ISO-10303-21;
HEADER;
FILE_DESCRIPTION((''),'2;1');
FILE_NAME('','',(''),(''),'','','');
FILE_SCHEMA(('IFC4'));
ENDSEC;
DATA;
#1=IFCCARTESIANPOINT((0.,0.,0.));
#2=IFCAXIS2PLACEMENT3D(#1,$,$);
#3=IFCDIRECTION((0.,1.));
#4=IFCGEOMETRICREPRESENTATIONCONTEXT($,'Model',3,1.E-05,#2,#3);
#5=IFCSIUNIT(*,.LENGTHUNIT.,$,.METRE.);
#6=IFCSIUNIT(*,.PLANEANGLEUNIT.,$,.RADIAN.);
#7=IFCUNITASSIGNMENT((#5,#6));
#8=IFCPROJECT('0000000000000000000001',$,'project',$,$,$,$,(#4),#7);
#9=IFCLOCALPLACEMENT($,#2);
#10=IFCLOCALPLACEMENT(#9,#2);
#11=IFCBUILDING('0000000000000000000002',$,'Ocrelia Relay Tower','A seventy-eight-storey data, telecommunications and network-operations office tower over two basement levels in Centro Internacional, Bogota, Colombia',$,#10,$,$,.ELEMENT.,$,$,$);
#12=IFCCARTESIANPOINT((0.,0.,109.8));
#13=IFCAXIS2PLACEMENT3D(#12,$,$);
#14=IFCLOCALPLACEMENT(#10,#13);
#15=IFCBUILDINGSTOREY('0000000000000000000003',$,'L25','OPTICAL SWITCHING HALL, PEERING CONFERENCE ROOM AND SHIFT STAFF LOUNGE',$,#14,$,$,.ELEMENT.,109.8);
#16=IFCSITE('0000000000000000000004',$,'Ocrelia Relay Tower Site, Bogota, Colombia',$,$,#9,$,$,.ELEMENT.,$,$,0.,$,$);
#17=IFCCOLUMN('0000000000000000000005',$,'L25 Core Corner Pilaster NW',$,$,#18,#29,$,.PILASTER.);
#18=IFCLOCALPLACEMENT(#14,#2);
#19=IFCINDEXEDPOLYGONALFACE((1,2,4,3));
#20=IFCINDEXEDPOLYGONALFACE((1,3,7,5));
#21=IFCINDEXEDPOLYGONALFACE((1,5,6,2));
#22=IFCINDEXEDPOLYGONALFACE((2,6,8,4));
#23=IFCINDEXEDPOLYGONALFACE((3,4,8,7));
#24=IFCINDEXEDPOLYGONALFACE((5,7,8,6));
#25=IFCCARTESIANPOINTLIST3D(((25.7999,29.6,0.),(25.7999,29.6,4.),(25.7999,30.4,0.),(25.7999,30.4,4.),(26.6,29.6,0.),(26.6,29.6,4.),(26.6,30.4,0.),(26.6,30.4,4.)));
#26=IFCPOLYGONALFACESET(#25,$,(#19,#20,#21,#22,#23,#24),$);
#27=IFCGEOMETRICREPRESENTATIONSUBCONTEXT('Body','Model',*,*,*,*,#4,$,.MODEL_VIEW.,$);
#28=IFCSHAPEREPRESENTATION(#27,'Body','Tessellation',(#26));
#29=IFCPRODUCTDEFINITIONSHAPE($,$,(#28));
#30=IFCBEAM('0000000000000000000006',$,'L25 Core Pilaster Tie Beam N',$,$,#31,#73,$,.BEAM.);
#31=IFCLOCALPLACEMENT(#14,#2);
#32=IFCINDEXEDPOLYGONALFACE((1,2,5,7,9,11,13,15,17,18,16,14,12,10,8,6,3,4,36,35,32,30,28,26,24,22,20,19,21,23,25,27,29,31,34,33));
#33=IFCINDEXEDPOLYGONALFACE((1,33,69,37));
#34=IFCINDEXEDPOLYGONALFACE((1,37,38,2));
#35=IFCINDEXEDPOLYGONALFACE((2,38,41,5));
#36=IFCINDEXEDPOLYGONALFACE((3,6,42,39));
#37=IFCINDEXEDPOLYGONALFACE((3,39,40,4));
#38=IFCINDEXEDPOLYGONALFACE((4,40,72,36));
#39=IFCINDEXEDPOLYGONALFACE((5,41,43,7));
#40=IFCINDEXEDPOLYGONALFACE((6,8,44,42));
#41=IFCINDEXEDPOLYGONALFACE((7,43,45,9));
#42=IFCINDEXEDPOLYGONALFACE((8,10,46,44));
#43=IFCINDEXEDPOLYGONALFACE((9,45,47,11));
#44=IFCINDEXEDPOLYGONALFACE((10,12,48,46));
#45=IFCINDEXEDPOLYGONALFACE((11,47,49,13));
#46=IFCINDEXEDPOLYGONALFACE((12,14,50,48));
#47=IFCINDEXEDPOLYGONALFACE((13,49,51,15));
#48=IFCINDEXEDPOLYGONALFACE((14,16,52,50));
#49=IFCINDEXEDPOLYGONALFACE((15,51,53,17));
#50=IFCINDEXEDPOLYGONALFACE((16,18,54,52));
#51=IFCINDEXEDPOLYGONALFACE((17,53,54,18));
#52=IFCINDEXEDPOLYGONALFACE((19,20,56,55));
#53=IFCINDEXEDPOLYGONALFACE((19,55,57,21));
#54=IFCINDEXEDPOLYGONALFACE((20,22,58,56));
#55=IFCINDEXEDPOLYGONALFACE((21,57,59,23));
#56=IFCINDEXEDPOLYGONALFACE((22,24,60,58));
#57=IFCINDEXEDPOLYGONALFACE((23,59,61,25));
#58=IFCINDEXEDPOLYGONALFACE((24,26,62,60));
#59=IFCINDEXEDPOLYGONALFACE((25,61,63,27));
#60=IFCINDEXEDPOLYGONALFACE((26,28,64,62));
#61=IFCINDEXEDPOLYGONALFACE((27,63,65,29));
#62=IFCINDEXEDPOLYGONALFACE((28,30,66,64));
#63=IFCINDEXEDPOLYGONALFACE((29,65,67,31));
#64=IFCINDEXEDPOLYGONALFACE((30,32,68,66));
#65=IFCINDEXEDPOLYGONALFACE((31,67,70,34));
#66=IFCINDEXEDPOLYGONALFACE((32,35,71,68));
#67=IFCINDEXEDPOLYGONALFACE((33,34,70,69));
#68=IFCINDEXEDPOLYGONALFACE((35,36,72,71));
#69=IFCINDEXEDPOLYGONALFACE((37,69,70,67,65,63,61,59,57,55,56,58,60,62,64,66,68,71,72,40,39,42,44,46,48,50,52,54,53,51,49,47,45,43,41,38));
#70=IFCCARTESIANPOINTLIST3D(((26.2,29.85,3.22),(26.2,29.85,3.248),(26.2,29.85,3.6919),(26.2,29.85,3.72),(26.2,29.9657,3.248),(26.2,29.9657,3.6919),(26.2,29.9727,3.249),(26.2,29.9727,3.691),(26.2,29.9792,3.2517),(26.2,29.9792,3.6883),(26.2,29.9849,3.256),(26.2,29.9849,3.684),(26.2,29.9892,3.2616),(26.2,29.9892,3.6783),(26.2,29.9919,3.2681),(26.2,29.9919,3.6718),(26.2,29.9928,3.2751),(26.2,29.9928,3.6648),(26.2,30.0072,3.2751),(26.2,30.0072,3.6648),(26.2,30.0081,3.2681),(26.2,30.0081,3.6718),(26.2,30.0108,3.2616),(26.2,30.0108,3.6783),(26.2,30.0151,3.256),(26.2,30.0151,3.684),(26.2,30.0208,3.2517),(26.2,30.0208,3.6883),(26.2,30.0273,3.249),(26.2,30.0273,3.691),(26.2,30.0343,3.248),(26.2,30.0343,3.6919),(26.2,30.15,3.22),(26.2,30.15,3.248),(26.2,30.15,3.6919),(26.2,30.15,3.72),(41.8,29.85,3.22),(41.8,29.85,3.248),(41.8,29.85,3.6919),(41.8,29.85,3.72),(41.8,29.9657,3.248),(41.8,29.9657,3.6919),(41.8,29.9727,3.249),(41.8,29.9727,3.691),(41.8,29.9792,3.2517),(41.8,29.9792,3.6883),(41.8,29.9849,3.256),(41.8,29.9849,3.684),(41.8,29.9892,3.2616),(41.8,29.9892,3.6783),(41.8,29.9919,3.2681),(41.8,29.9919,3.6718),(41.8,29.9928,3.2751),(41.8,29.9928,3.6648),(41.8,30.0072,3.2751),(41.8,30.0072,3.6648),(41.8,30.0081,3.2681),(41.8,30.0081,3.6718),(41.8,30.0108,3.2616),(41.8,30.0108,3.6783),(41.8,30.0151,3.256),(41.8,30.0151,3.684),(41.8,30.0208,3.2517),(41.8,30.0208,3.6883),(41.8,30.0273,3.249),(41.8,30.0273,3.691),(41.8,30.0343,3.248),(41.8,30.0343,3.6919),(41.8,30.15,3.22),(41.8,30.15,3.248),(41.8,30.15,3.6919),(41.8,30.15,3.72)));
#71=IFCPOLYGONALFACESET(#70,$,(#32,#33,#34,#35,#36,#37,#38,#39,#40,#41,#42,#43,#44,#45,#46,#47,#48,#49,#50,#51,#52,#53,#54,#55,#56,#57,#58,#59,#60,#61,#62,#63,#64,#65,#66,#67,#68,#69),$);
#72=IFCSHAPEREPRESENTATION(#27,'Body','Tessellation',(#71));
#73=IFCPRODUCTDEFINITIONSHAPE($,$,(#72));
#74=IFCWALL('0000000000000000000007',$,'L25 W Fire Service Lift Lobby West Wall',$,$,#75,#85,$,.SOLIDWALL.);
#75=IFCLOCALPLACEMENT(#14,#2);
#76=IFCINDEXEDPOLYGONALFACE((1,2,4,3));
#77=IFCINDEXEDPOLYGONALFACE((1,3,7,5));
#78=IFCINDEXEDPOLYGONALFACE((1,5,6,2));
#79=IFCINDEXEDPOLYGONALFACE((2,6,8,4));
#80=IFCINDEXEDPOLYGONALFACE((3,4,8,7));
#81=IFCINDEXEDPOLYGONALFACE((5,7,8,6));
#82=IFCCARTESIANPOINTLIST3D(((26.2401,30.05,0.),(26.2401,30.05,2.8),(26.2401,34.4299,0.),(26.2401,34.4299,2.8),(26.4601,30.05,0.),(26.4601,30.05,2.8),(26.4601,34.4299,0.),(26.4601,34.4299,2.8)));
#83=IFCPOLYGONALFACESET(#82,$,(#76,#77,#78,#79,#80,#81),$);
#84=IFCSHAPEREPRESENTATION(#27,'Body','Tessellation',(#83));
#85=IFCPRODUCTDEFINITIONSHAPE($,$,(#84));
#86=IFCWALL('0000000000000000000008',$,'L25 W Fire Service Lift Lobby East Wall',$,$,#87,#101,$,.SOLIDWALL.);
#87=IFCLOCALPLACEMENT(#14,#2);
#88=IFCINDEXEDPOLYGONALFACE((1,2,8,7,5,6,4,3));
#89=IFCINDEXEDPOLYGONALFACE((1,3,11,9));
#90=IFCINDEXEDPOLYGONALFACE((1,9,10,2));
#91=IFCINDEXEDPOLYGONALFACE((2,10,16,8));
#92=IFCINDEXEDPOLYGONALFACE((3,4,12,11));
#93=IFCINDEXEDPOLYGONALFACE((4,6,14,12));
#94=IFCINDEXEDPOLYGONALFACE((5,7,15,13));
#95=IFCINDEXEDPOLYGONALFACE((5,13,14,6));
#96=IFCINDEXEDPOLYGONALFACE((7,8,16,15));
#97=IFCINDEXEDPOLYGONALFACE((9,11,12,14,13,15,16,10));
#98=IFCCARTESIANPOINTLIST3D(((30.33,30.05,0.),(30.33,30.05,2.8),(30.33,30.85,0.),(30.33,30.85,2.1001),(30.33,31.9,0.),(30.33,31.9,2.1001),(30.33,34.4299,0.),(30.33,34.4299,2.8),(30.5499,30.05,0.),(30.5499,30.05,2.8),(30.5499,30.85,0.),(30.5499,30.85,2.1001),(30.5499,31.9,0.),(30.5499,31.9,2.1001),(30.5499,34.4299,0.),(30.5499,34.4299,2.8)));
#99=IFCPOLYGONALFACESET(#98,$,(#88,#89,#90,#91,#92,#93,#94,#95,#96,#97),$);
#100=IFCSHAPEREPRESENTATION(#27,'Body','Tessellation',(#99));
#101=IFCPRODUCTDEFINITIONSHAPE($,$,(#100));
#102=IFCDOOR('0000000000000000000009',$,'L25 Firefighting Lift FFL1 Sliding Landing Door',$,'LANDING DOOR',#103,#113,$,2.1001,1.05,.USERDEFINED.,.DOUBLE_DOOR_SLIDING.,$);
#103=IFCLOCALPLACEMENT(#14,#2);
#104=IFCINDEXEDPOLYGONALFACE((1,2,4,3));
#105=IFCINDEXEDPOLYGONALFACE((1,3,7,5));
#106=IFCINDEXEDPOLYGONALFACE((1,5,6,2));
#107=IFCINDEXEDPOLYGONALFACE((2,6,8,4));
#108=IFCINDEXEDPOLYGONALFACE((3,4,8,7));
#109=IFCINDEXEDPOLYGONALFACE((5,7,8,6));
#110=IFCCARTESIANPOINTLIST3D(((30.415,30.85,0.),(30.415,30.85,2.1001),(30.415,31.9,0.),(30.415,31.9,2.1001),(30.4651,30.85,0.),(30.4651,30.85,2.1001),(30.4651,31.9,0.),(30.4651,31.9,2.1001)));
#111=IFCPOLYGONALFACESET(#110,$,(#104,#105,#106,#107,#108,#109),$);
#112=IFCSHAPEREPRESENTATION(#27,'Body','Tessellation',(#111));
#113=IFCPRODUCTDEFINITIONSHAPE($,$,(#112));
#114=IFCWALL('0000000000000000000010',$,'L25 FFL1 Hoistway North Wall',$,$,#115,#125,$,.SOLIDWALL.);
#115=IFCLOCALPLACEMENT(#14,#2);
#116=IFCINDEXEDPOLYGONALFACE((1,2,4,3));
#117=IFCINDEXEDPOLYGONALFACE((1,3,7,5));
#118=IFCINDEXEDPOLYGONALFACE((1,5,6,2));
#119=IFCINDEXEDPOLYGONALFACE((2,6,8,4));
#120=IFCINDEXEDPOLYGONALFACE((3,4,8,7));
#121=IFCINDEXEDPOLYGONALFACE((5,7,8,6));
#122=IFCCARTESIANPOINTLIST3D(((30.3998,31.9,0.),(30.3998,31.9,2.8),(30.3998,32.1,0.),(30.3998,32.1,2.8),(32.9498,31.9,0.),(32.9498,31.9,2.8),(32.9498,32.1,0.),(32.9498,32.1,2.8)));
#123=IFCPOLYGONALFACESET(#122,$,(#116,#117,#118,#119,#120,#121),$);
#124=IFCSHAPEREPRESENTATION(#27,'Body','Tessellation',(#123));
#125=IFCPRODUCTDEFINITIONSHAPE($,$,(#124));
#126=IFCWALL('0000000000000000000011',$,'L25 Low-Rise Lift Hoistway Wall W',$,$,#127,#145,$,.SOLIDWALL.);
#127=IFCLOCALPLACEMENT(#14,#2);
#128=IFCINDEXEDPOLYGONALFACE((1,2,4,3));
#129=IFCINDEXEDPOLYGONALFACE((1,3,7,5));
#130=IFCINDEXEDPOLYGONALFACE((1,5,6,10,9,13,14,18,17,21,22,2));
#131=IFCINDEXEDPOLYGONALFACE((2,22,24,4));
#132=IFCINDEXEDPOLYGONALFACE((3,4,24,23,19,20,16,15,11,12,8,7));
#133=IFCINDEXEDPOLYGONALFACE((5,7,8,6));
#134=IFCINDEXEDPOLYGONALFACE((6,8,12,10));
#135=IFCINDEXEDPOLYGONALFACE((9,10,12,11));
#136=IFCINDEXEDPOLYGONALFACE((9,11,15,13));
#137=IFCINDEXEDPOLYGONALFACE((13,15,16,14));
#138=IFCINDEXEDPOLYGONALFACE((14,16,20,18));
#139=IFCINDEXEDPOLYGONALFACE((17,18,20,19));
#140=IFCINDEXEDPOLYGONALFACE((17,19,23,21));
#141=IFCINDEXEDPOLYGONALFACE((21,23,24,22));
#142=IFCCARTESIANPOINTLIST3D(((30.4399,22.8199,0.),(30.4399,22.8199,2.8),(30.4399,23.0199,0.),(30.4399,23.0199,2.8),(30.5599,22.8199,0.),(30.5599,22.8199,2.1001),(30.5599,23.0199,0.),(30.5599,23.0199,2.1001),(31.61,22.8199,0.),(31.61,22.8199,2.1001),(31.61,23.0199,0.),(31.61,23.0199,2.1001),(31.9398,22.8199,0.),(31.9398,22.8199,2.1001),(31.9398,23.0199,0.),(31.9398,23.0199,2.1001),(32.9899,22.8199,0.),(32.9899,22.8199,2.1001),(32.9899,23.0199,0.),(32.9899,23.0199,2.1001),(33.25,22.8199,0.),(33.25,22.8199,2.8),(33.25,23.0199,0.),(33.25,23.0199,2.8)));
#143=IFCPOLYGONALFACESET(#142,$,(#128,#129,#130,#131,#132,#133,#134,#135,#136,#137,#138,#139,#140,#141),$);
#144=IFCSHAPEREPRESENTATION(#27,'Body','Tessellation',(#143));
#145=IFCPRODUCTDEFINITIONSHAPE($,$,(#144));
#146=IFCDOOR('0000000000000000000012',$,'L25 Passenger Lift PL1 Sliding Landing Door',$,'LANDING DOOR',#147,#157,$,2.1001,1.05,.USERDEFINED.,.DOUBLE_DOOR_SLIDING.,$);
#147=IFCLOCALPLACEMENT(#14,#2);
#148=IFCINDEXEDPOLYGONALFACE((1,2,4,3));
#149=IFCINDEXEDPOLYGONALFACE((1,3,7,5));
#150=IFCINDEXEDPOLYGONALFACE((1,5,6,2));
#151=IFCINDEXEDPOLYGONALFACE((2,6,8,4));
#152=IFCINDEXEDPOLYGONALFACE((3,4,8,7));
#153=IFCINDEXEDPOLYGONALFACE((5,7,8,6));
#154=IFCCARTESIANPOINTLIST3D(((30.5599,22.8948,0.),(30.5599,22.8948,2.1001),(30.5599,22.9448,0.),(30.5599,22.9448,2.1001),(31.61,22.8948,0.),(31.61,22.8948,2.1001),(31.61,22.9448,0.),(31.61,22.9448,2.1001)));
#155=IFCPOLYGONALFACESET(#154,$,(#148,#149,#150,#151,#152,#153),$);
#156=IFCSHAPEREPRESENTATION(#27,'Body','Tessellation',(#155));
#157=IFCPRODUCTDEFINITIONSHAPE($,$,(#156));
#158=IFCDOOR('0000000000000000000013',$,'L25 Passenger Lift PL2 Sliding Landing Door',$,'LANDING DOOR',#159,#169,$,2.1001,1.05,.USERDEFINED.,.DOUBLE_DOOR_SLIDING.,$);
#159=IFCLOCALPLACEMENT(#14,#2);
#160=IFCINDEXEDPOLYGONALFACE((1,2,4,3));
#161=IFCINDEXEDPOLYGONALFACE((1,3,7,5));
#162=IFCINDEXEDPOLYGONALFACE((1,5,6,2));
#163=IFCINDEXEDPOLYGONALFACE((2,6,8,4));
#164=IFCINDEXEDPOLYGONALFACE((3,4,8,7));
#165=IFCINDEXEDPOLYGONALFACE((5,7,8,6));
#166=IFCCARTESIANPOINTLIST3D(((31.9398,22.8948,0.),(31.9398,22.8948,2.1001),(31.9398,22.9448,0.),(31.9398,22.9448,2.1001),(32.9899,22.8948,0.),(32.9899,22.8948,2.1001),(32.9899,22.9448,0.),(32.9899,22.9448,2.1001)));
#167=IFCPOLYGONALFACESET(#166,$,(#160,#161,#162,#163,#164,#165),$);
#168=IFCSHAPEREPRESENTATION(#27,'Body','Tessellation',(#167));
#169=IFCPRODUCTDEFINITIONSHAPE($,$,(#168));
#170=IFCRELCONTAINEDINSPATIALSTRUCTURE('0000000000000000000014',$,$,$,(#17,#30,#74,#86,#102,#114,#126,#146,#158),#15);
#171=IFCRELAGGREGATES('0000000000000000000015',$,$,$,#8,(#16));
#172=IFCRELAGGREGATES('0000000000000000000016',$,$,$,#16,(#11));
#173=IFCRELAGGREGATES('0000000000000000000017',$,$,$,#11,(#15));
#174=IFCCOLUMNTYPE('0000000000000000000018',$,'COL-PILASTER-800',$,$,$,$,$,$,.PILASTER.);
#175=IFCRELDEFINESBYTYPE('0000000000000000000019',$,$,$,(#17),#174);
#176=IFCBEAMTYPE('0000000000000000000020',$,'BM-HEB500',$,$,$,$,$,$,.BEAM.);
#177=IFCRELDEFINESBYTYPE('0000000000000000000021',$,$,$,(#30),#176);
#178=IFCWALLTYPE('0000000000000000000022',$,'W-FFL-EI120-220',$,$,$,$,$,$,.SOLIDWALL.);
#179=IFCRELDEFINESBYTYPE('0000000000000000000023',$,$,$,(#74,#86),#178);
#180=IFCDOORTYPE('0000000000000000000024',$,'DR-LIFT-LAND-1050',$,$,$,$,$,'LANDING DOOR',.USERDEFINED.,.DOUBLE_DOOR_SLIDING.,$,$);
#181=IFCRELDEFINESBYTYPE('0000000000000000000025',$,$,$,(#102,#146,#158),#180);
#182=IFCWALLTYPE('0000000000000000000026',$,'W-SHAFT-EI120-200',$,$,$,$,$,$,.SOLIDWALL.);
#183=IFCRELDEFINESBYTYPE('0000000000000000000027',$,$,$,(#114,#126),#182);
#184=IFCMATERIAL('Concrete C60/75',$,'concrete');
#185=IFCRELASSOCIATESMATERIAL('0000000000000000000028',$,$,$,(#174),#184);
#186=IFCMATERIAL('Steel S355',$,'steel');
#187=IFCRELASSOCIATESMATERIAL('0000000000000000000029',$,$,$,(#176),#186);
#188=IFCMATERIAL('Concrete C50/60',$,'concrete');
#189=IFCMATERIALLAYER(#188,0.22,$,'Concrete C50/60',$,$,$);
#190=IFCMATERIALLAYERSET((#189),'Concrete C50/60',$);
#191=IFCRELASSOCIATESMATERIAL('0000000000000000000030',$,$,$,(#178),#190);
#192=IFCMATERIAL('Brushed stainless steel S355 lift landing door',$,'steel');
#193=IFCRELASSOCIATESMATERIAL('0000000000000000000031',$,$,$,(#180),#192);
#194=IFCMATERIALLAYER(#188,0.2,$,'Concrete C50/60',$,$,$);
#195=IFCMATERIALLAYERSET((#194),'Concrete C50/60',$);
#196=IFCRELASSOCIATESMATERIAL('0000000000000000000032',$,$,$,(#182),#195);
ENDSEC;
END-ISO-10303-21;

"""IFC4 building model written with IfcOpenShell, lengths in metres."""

from ifc_helpers import new_model, si_unit, direction, frame, frame_2d, origin, origin_2d, place, context, subcontext, project, spatial, rectangle, i_section, extrude, material, layer, layer_set, material_profile, profile_set, type_object, element, fill, save


model = new_model("IFC4")

# Units and contexts
model_context = context("Model", 3, precision=1e-05, world=origin(), true_north=direction((0.0, 1.0)))
body_context = subcontext(model_context, "Body", "Model", "MODEL_VIEW")
ifc_project = project(units=[si_unit("LENGTHUNIT", "METRE"), si_unit("PLANEANGLEUNIT", "RADIAN")], contexts=[model_context])

# Site, building, storey
site_placement = place(None, origin())
site = spatial("IfcSite", under=ifc_project, at=site_placement, Name="Ocrelia Relay Tower Site, Bogota, Colombia", CompositionType="ELEMENT", RefElevation=0.0)
building_placement = place(site_placement, origin())
building = spatial("IfcBuilding", under=site, at=building_placement, Name="Ocrelia Relay Tower", Description="A seventy-eight-storey data, telecommunications and network-operations office tower over two basement levels in Centro Internacional, Bogota, Colombia", CompositionType="ELEMENT")
storey_placement = place(building_placement, frame((0.0, 0.0, 109.8)))
storey = spatial("IfcBuildingStorey", under=building, at=storey_placement, Name="L25", Description="OPTICAL SWITCHING HALL, PEERING CONFERENCE ROOM AND SHIFT STAFF LOUNGE", CompositionType="ELEMENT", Elevation=109.8)

# Column
ifc_material_1 = material(Name="Concrete C60/75", Category="concrete")
ifc_material_profile_1 = material_profile(ifc_material_1, rectangle(XDim=0.8, YDim=0.8, at=origin_2d()), Name="RC-COL-800x800")
ifc_profile_set_1 = profile_set([ifc_material_profile_1], Name="Concrete C60/75")
column_type = type_object("IfcColumnType", Name="COL-PILASTER-800", PredefinedType="PILASTER", material=ifc_profile_set_1)
column_placement = place(storey_placement, frame((26.2, 30.0, 0.0), z_axis=(0.0, 0.0, 1.0), x_axis=(1.0, 0.0, 0.0)))
element("IfcColumn", 1, at=column_placement, inside=storey, type_object=column_type, Name="L25 Core Corner Pilaster NW", PredefinedType="PILASTER", context=body_context, shape_type="SweptSolid", body=[
    extrude(rectangle(XDim=0.8, YDim=0.8, at=origin_2d()), origin(), (0.0, 0.0, 1.0), 4.0),
])

# Beam
ifc_material_2 = material(Name="Steel S355", Category="steel")
ifc_material_profile_2 = material_profile(ifc_material_2, i_section(OverallWidth=0.3, OverallDepth=0.5, WebThickness=0.0144, FlangeThickness=0.0281, FilletRadius=0.0271, at=origin_2d()), Name="HEB 500")
ifc_profile_set_2 = profile_set([ifc_material_profile_2], Name="Steel S355")
beam_type = type_object("IfcBeamType", Name="BM-HEB500", PredefinedType="BEAM", material=ifc_profile_set_2)
beam_placement = place(storey_placement, frame((26.2, 30.0, 3.47), z_axis=(1.0, 0.0, 0.0), x_axis=(0.0, 1.0, 0.0)))
element("IfcBeam", 2, at=beam_placement, inside=storey, type_object=beam_type, Name="L25 Core Pilaster Tie Beam N", PredefinedType="BEAM", context=body_context, shape_type="SweptSolid", body=[
    extrude(i_section(OverallWidth=0.3, OverallDepth=0.5, WebThickness=0.0144, FlangeThickness=0.0281, FilletRadius=0.0271, at=origin_2d()), origin(), (0.0, 0.0, 1.0), 15.6001),
])

# Wall
ifc_material_3 = material(Name="Concrete C50/60", Category="concrete")
ifc_layer_1 = layer(ifc_material_3, 0.22, Name="Concrete C50/60")
ifc_layer_set_1 = layer_set([ifc_layer_1], Name="Concrete C50/60")
wall_type_1 = type_object("IfcWallType", Name="W-FFL-EI120-220", PredefinedType="SOLIDWALL", material=ifc_layer_set_1)
wall_1_placement = place(storey_placement, frame((26.3501, 30.05, 0.0), z_axis=(0.0, 0.0, 1.0), x_axis=(0.0, 1.0, 0.0)))
element("IfcWall", 3, at=wall_1_placement, inside=storey, type_object=wall_type_1, Name="L25 W Fire Service Lift Lobby West Wall", PredefinedType="SOLIDWALL", context=body_context, shape_type="SweptSolid", body=[
    extrude(rectangle(XDim=4.3799, YDim=0.22, at=frame_2d((2.1899, 0.0))), origin(), (0.0, 0.0, 1.0), 2.8),
])

# Wall, opening, door
wall_2_placement = place(storey_placement, frame((30.4399, 30.05, 0.0), z_axis=(0.0, 0.0, 1.0), x_axis=(0.0, 1.0, 0.0)))
wall_2 = element("IfcWall", 4, at=wall_2_placement, inside=storey, type_object=wall_type_1, Name="L25 W Fire Service Lift Lobby East Wall", PredefinedType="SOLIDWALL", context=body_context, shape_type="SweptSolid", body=[
    extrude(rectangle(XDim=4.3799, YDim=0.22, at=frame_2d((2.1899, 0.0))), origin(), (0.0, 0.0, 1.0), 2.8),
])
opening_1_placement = place(wall_2_placement, frame((0.8, 0.0, 0.0)))
opening_1 = element("IfcOpeningElement", 5, at=opening_1_placement, cuts=wall_2, PredefinedType="OPENING", context=body_context, shape_type="SweptSolid", body=[
    extrude(rectangle(XDim=1.05, YDim=2.1001, at=frame_2d((0.5249, 1.05))), frame((0.0, 0.1201, 0.0), z_axis=(0.0, -1.0, 0.0), x_axis=(1.0, 0.0, 0.0)), (0.0, 0.0, 1.0), 0.24),
])
ifc_material_4 = material(Name="Brushed stainless steel S355 lift landing door", Category="steel")
door_type_1 = type_object("IfcDoorType", Name="DR-LIFT-LAND-1050", ElementType="LANDING DOOR", OperationType="DOUBLE_DOOR_SLIDING", PredefinedType="USERDEFINED", material=ifc_material_4)
door_1_placement = place(opening_1_placement, origin())
door_1 = element("IfcDoor", 6, at=door_1_placement, inside=storey, type_object=door_type_1, Name="L25 Firefighting Lift FFL1 Sliding Landing Door", ObjectType="LANDING DOOR", OperationType="DOUBLE_DOOR_SLIDING", OverallHeight=2.1001, OverallWidth=1.05, PredefinedType="USERDEFINED", context=body_context, shape_type="SweptSolid", body=[
    extrude(rectangle(XDim=1.05, YDim=2.1001, at=frame_2d((0.5249, 1.05))), frame((0.0, 0.0249, 0.0), z_axis=(0.0, -1.0, 0.0), x_axis=(1.0, 0.0, 0.0)), (0.0, 0.0, 1.0), 0.05),
])
fill(opening_1, door_1)

# Wall
ifc_layer_2 = layer(ifc_material_3, 0.2, Name="Concrete C50/60")
ifc_layer_set_2 = layer_set([ifc_layer_2], Name="Concrete C50/60")
wall_type_2 = type_object("IfcWallType", Name="W-SHAFT-EI120-200", PredefinedType="SOLIDWALL", material=ifc_layer_set_2)
wall_3_placement = place(storey_placement, frame((30.3999, 32.0, 0.0), z_axis=(0.0, 0.0, 1.0), x_axis=(1.0, 0.0, 0.0)))
element("IfcWall", 7, at=wall_3_placement, inside=storey, type_object=wall_type_2, Name="L25 FFL1 Hoistway North Wall", PredefinedType="SOLIDWALL", context=body_context, shape_type="SweptSolid", body=[
    extrude(rectangle(XDim=2.55, YDim=0.2, at=frame_2d((1.2749, 0.0))), origin(), (0.0, 0.0, 1.0), 2.8),
])

# Wall, openings, doors
wall_4_placement = place(storey_placement, frame((30.4399, 22.9199, 0.0), z_axis=(0.0, 0.0, 1.0), x_axis=(1.0, 0.0, 0.0)))
wall_4 = element("IfcWall", 8, at=wall_4_placement, inside=storey, type_object=wall_type_2, Name="L25 Low-Rise Lift Hoistway Wall W", PredefinedType="SOLIDWALL", context=body_context, shape_type="SweptSolid", body=[
    extrude(rectangle(XDim=2.8101, YDim=0.2, at=frame_2d((1.405, 0.0))), origin(), (0.0, 0.0, 1.0), 2.8),
])
opening_2_placement = place(wall_4_placement, frame((0.1201, 0.0, 0.0)))
opening_2 = element("IfcOpeningElement", 9, at=opening_2_placement, cuts=wall_4, PredefinedType="OPENING", context=body_context, shape_type="SweptSolid", body=[
    extrude(rectangle(XDim=1.05, YDim=2.1001, at=frame_2d((0.5249, 1.05))), frame((0.0, 0.1099, 0.0), z_axis=(0.0, -1.0, 0.0), x_axis=(1.0, 0.0, 0.0)), (0.0, 0.0, 1.0), 0.22),
])
opening_3_placement = place(wall_4_placement, frame((1.5, 0.0, 0.0)))
opening_3 = element("IfcOpeningElement", 10, at=opening_3_placement, cuts=wall_4, PredefinedType="OPENING", context=body_context, shape_type="SweptSolid", body=[
    extrude(rectangle(XDim=1.05, YDim=2.1001, at=frame_2d((0.5249, 1.05))), frame((0.0, 0.1099, 0.0), z_axis=(0.0, -1.0, 0.0), x_axis=(1.0, 0.0, 0.0)), (0.0, 0.0, 1.0), 0.22),
])
door_2_placement = place(opening_2_placement, origin())
door_2 = element("IfcDoor", 11, at=door_2_placement, inside=storey, type_object=door_type_1, Name="L25 Passenger Lift PL1 Sliding Landing Door", ObjectType="LANDING DOOR", OperationType="DOUBLE_DOOR_SLIDING", OverallHeight=2.1001, OverallWidth=1.05, PredefinedType="USERDEFINED", context=body_context, shape_type="SweptSolid", body=[
    extrude(rectangle(XDim=1.05, YDim=2.1001, at=frame_2d((0.5249, 1.05))), frame((0.0, 0.0249, 0.0), z_axis=(0.0, -1.0, 0.0), x_axis=(1.0, 0.0, 0.0)), (0.0, 0.0, 1.0), 0.05),
])
fill(opening_2, door_2)
door_3_placement = place(opening_3_placement, origin())
door_3 = element("IfcDoor", 12, at=door_3_placement, inside=storey, type_object=door_type_1, Name="L25 Passenger Lift PL2 Sliding Landing Door", ObjectType="LANDING DOOR", OperationType="DOUBLE_DOOR_SLIDING", OverallHeight=2.1001, OverallWidth=1.05, PredefinedType="USERDEFINED", context=body_context, shape_type="SweptSolid", body=[
    extrude(rectangle(XDim=1.05, YDim=2.1001, at=frame_2d((0.5249, 1.05))), frame((0.0, 0.0249, 0.0), z_axis=(0.0, -1.0, 0.0), x_axis=(1.0, 0.0, 0.0)), (0.0, 0.0, 1.0), 0.05),
])
fill(opening_3, door_3)

save(model, "model.ifc")
